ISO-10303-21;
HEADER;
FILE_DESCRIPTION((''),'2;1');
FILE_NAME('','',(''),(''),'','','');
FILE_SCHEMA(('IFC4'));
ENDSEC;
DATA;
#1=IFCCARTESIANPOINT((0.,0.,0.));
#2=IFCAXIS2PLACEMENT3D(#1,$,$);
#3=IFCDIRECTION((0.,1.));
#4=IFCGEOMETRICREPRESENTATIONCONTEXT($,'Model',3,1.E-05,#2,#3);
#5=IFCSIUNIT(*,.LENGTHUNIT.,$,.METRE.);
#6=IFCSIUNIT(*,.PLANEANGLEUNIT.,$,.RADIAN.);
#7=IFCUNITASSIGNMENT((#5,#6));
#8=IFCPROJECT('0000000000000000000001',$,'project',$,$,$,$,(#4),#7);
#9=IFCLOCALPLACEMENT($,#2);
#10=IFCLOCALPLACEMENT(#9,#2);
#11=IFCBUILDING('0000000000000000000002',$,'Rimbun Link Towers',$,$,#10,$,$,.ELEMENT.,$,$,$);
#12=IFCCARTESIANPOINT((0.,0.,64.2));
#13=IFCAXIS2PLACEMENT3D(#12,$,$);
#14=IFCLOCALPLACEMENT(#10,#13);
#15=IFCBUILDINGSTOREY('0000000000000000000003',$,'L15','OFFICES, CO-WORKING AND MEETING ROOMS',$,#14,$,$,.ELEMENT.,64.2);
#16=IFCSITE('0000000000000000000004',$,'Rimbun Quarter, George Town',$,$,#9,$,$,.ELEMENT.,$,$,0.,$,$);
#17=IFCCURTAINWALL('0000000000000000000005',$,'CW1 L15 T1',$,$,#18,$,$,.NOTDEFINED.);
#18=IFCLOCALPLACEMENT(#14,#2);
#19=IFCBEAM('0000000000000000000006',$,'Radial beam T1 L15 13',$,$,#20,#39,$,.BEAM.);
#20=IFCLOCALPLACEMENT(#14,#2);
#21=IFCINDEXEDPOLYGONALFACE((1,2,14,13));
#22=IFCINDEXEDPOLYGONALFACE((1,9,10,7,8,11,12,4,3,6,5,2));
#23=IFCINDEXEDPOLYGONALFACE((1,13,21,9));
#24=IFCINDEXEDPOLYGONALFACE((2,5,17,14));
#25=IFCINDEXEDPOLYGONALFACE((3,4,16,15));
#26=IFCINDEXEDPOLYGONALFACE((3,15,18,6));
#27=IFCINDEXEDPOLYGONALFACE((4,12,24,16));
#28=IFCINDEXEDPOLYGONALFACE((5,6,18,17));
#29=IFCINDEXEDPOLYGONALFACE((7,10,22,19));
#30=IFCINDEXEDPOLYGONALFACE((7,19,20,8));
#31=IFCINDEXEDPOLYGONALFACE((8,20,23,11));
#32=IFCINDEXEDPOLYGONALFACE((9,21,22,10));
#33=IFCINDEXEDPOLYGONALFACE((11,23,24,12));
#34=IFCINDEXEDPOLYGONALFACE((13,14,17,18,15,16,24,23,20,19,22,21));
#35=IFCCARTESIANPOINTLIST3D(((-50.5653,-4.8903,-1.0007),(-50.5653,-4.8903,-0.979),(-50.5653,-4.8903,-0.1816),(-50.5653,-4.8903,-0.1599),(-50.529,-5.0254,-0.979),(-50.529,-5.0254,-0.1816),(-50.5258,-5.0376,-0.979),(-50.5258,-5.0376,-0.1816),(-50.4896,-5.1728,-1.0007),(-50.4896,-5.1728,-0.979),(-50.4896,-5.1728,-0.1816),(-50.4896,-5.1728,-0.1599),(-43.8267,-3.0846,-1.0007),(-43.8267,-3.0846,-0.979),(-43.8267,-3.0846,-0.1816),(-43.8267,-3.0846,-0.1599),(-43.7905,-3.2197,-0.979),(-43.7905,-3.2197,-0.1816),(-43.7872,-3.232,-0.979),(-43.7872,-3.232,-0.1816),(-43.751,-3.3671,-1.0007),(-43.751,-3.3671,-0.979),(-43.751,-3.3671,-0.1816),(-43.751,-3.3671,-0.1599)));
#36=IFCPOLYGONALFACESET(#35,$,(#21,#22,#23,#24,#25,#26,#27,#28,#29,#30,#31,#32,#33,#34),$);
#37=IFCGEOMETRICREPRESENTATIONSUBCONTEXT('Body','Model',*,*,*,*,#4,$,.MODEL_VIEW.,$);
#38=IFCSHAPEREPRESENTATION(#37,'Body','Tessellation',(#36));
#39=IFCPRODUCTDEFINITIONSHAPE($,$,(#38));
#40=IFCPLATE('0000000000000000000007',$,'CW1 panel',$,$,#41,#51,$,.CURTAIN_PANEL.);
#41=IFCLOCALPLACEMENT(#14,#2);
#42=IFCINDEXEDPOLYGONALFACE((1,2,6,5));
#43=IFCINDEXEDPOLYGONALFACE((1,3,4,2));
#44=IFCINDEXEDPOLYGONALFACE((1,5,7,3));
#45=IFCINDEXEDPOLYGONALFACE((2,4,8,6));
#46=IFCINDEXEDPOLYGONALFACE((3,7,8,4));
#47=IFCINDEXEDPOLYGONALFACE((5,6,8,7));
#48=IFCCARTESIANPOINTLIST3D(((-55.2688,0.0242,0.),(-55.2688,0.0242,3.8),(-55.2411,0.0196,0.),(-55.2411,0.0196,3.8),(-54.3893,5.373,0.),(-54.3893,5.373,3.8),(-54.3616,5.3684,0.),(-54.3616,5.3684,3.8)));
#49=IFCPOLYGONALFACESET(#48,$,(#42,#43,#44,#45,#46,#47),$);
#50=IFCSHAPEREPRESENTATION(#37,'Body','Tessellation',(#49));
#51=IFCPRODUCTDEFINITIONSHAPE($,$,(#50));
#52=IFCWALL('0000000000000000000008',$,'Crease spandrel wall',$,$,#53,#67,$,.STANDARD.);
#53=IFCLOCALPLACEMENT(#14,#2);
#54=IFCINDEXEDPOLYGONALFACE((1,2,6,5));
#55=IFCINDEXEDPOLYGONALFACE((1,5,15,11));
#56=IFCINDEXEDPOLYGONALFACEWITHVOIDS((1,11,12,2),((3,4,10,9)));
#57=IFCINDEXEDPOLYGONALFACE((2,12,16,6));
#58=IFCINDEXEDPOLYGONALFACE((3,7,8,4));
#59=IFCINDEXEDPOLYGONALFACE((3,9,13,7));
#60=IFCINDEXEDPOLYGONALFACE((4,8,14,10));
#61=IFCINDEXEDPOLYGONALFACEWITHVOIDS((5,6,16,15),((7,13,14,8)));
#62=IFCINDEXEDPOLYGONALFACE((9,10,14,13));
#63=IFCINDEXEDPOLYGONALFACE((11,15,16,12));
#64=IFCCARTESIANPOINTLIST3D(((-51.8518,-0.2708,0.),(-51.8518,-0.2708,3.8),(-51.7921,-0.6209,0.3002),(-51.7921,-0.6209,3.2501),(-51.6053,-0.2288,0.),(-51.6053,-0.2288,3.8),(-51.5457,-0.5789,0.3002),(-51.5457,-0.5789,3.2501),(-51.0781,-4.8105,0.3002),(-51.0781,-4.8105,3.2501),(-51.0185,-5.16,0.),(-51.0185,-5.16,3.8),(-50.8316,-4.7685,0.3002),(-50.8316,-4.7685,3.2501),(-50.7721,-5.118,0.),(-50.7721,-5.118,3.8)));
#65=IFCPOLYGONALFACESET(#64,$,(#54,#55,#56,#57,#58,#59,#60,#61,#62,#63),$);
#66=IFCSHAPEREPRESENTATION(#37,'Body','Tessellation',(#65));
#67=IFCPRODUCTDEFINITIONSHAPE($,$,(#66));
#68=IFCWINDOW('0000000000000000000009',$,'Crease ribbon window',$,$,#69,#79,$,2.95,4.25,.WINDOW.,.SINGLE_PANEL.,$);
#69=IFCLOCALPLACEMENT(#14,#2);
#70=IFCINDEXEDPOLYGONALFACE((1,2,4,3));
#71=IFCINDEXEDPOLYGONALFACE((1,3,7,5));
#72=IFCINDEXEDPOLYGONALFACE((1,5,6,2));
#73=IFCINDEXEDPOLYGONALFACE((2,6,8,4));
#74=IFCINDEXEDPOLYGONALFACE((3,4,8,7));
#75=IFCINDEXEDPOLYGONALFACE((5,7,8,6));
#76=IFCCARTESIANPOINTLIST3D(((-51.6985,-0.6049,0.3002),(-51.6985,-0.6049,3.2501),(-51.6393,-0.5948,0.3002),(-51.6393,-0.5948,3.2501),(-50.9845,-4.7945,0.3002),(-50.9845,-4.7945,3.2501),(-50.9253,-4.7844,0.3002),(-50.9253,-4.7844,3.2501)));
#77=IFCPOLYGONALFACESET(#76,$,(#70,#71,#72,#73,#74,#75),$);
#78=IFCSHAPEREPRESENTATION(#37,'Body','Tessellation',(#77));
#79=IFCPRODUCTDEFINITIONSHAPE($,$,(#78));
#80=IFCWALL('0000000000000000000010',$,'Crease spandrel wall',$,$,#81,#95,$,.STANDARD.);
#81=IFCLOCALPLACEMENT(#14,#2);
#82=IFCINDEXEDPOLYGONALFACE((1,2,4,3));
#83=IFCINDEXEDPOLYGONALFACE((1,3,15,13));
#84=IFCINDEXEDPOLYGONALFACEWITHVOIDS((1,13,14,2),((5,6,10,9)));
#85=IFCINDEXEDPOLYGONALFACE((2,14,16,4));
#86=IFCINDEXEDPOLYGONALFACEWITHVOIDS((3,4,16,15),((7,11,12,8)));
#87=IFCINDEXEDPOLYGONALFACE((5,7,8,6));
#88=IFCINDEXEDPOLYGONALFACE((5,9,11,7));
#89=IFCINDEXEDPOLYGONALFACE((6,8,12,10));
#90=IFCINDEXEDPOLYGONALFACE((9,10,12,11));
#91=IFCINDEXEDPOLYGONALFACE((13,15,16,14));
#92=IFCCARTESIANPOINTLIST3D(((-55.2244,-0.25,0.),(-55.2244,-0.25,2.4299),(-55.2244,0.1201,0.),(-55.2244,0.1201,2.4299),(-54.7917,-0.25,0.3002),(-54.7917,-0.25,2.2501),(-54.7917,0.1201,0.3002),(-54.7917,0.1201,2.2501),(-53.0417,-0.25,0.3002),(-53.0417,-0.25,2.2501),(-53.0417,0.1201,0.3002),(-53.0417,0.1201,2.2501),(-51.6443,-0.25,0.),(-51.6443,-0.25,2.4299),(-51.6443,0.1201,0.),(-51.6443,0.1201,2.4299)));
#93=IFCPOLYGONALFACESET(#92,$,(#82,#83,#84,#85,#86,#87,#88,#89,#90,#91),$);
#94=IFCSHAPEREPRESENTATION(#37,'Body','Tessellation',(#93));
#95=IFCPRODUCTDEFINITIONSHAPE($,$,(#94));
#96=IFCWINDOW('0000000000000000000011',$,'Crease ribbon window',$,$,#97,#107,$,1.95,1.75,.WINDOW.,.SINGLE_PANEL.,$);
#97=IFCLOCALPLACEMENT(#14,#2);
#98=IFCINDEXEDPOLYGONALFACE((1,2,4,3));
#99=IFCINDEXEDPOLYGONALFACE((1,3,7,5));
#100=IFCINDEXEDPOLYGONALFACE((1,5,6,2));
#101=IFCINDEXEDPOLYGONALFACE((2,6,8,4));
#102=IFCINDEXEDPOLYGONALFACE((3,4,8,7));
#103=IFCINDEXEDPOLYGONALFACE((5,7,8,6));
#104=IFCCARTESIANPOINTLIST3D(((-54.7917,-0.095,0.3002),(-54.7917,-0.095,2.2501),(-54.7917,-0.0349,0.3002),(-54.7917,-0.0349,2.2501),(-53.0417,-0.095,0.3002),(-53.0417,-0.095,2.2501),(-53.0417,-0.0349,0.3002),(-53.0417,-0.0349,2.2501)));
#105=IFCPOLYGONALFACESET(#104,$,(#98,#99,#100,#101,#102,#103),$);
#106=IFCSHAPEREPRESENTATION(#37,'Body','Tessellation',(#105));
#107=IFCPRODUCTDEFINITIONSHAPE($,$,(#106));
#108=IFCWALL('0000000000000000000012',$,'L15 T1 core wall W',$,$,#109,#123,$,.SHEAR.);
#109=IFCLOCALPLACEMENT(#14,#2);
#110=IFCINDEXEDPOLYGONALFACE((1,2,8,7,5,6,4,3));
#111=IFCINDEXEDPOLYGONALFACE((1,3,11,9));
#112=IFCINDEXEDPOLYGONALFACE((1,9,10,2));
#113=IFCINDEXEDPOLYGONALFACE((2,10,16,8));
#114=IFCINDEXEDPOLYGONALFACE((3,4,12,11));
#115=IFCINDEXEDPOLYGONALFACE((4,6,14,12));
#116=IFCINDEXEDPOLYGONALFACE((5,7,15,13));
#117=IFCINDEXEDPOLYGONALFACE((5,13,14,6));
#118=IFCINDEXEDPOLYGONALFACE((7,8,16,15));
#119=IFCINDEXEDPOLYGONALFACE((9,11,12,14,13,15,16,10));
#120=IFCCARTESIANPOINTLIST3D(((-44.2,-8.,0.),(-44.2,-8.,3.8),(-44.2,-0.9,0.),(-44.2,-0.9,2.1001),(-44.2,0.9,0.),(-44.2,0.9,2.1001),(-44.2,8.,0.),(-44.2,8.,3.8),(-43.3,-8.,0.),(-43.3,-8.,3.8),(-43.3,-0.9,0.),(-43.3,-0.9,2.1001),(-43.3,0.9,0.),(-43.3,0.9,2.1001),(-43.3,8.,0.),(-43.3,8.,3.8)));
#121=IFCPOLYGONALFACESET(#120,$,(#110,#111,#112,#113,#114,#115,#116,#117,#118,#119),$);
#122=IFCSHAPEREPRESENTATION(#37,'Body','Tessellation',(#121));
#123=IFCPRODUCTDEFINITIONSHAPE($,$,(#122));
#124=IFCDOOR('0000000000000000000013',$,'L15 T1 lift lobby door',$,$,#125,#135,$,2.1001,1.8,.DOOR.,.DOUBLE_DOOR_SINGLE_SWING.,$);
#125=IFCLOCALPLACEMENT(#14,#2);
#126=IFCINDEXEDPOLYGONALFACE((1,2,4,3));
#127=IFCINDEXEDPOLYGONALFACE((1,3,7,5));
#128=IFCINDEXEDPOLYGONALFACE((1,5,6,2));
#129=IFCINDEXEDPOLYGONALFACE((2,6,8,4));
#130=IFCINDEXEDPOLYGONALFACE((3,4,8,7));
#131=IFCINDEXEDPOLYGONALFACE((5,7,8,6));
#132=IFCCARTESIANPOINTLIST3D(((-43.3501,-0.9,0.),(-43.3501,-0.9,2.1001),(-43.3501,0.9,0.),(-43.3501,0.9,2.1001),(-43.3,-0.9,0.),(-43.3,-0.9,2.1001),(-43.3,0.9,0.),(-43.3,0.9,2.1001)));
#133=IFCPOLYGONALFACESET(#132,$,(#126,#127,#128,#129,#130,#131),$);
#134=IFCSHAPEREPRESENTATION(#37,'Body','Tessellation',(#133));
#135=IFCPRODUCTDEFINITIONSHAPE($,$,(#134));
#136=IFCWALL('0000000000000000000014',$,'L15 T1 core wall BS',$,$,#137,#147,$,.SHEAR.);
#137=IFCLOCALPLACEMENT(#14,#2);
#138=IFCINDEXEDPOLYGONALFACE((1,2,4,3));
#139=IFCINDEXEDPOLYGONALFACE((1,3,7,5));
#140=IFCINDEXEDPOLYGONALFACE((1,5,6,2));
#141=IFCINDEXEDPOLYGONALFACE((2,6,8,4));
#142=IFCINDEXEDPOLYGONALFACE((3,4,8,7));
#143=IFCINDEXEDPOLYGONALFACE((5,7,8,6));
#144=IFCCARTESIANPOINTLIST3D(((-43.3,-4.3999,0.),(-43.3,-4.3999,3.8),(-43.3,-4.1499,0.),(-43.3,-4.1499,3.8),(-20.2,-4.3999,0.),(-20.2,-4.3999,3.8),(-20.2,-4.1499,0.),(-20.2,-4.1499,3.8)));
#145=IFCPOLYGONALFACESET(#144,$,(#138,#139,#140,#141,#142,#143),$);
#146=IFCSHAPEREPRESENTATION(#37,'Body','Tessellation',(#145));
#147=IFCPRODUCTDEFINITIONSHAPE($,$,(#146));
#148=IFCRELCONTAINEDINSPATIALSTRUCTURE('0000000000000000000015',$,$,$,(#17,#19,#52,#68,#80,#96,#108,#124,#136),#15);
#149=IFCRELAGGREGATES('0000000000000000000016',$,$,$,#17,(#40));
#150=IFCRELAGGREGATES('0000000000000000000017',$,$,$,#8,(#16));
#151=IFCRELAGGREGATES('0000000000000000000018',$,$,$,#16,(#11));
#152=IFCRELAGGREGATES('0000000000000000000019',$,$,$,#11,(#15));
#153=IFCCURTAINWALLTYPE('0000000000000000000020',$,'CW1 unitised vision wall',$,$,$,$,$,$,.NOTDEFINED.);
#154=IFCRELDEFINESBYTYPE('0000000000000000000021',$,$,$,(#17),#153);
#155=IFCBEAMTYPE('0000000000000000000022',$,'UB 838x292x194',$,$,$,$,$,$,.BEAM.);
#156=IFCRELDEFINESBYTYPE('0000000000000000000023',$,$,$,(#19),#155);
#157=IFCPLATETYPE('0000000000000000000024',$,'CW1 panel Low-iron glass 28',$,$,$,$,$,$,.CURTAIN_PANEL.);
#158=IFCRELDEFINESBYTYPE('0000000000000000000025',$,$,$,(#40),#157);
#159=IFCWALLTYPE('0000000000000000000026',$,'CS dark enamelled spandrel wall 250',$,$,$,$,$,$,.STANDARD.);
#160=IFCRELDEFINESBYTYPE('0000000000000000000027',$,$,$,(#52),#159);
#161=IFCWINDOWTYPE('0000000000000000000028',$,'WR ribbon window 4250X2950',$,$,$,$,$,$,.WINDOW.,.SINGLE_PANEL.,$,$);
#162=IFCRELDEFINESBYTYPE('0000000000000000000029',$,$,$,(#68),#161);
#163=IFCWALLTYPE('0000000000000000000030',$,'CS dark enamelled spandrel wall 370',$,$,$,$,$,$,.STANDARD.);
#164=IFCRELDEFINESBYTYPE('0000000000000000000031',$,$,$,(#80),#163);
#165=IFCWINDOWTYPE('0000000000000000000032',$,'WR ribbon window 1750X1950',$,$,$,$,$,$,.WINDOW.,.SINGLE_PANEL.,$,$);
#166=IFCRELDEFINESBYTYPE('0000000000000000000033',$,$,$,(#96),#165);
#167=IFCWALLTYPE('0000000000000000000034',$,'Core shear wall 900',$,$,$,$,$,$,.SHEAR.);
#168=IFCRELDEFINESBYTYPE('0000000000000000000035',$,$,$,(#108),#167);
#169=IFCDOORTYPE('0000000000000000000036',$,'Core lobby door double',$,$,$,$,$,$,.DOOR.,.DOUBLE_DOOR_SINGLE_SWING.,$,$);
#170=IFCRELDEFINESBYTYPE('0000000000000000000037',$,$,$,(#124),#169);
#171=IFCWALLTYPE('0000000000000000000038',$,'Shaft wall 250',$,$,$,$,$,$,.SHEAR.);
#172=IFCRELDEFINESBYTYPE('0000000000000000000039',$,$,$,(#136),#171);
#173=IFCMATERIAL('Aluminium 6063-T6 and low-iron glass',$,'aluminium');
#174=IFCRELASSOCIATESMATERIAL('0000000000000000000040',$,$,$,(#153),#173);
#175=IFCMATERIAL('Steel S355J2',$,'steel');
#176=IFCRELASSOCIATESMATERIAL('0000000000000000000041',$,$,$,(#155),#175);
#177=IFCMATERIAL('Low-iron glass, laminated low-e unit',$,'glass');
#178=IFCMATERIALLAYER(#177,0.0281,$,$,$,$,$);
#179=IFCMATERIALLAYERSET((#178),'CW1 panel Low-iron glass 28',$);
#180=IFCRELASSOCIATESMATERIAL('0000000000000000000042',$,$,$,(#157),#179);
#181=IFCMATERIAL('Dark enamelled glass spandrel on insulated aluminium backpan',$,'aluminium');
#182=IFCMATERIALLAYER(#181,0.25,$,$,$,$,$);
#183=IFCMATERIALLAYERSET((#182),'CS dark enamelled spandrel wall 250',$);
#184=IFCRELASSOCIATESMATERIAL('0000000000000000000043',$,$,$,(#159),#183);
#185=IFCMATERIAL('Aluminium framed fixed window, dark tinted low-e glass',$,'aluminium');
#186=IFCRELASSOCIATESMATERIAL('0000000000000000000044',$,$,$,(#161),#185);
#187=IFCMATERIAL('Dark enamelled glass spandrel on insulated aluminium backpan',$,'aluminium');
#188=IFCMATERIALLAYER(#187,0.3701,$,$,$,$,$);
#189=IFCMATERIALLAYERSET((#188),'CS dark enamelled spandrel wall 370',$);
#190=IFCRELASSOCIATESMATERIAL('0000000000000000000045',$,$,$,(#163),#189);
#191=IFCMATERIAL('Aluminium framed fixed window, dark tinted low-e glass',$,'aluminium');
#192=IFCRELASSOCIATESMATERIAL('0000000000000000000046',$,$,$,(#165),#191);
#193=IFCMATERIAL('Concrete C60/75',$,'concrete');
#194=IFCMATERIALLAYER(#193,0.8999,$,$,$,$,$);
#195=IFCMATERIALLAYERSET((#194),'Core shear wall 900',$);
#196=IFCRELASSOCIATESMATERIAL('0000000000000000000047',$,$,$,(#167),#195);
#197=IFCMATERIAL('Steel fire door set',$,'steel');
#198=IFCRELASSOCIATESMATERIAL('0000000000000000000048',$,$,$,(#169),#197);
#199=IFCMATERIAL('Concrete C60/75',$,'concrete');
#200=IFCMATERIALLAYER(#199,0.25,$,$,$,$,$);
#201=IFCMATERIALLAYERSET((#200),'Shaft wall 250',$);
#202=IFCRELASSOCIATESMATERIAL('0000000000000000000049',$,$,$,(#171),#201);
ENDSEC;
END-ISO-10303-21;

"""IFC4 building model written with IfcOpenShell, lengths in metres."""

from ifc_helpers import new_model, si_unit, direction, frame, frame_2d, origin, origin_2d, place, context, subcontext, project, spatial, rectangle, i_section, extrude, material, layer, layer_set, material_profile, profile_set, type_object, element, fill, aggregate, save


model = new_model("IFC4")

# Units and contexts
model_context = context("Model", 3, precision=1e-05, world=origin(), true_north=direction((0.0, 1.0)))
body_context = subcontext(model_context, "Body", "Model", "MODEL_VIEW")
ifc_project = project(units=[si_unit("LENGTHUNIT", "METRE"), si_unit("PLANEANGLEUNIT", "RADIAN")], contexts=[model_context])

# Site, building, storey
site_placement = place(None, origin())
site = spatial("IfcSite", under=ifc_project, at=site_placement, Name="Rimbun Quarter, George Town", CompositionType="ELEMENT", RefElevation=0.0)
building_placement = place(site_placement, origin())
building = spatial("IfcBuilding", under=site, at=building_placement, Name="Rimbun Link Towers", CompositionType="ELEMENT")
storey_placement = place(building_placement, frame((0.0, 0.0, 64.2)))
storey = spatial("IfcBuildingStorey", under=building, at=storey_placement, Name="L15", Description="OFFICES, CO-WORKING AND MEETING ROOMS", CompositionType="ELEMENT", Elevation=64.2)

# Curtain wall
ifc_material_1 = material(Name="Aluminium 6063-T6 and low-iron glass", Category="aluminium")
curtain_wall_type = type_object("IfcCurtainWallType", Name="CW1 unitised vision wall", PredefinedType="NOTDEFINED", material=ifc_material_1)
curtain_wall_placement = place(storey_placement, origin())
curtain_wall = element("IfcCurtainWall", 1, at=curtain_wall_placement, inside=storey, type_object=curtain_wall_type, Name="CW1 L15 T1", PredefinedType="NOTDEFINED")

# Beam
ifc_material_2 = material(Name="Steel S355J2", Category="steel")
ifc_material_profile_1 = material_profile(ifc_material_2, i_section(OverallWidth=0.2925, OverallDepth=0.8408, WebThickness=0.0127, FlangeThickness=0.0217, at=origin_2d()), Name="UB 838x292x194")
ifc_profile_set_1 = profile_set([ifc_material_profile_1], Name="Steel S355J2")
beam_type_1 = type_object("IfcBeamType", Name="UB 838x292x194", PredefinedType="BEAM", material=ifc_profile_set_1)
beam_1_placement = place(storey_placement, frame((-43.7888, -3.2258, -0.5803), z_axis=(-0.965923, -0.25883, 0.0), x_axis=(0.25883, -0.965923, 0.0)))
element("IfcBeam", 2, at=beam_1_placement, inside=storey, type_object=beam_type_1, Name="Radial beam T1 L15 13", PredefinedType="BEAM", context=body_context, shape_type="SweptSolid", body=[
    extrude(i_section(OverallWidth=0.2925, OverallDepth=0.8408, WebThickness=0.0127, FlangeThickness=0.0217, at=origin_2d()), origin(), (0.0, 0.0, 1.0), 6.9763),
])

# Plate
ifc_material_3 = material(Name="Low-iron glass, laminated low-e unit", Category="glass")
ifc_layer_1 = layer(ifc_material_3, 0.0281)
ifc_layer_set_1 = layer_set([ifc_layer_1], Name="CW1 panel Low-iron glass 28")
plate_type = type_object("IfcPlateType", Name="CW1 panel Low-iron glass 28", PredefinedType="CURTAIN_PANEL", material=ifc_layer_set_1)
plate_placement = place(storey_placement, frame((-54.8152, 2.6963, 0.0), z_axis=(0.0, 0.0, 1.0), x_axis=(0.16226, 0.986748, 0.0)))
plate = element("IfcPlate", 3, at=plate_placement, type_object=plate_type, Name="CW1 panel", PredefinedType="CURTAIN_PANEL", context=body_context, shape_type="SweptSolid", body=[
    extrude(rectangle(XDim=5.4207, YDim=0.0281, at=origin_2d()), origin(), (0.0, 0.0, 1.0), 3.8),
])
aggregate(curtain_wall, [plate])

# Walls, openings, windows
ifc_material_4 = material(Name="Dark enamelled glass spandrel on insulated aluminium backpan", Category="aluminium")
ifc_layer_2 = layer(ifc_material_4, 0.25)
ifc_layer_set_2 = layer_set([ifc_layer_2], Name="CS dark enamelled spandrel wall 250")
wall_type_1 = type_object("IfcWallType", Name="CS dark enamelled spandrel wall 250", PredefinedType="STANDARD", material=ifc_layer_set_2)
wall_1_placement = place(storey_placement, frame((-50.8953, -5.1392, 0.0), z_axis=(0.0, 0.0, 1.0), x_axis=(-0.168006, 0.985786, 0.0)))
wall_1 = element("IfcWall", 4, at=wall_1_placement, inside=storey, type_object=wall_type_1, Name="Crease spandrel wall", PredefinedType="STANDARD", context=body_context, shape_type="SweptSolid", body=[
    extrude(rectangle(XDim=4.9597, YDim=0.25, at=frame_2d((2.48, 0.0))), origin(), (0.0, 0.0, 1.0), 3.8),
])
opening_1_placement = place(wall_1_placement, frame((0.3547, 0.0, 0.3)))
opening_1 = element("IfcOpeningElement", 5, at=opening_1_placement, cuts=wall_1, PredefinedType="OPENING", context=body_context, shape_type="SweptSolid", body=[
    extrude(rectangle(XDim=4.25, YDim=2.95, at=frame_2d((2.125, 1.4751))), frame((0.0, 0.135, 0.0), z_axis=(0.0, -1.0, 0.0), x_axis=(1.0, 0.0, 0.0)), (0.0, 0.0, 1.0), 0.27),
])
ifc_material_5 = material(Name="Aluminium framed fixed window, dark tinted low-e glass", Category="aluminium")
window_type_1 = type_object("IfcWindowType", Name="WR ribbon window 4250X2950", PartitioningType="SINGLE_PANEL", PredefinedType="WINDOW", material=ifc_material_5)
window_1_placement = place(opening_1_placement, origin())
window_1 = element("IfcWindow", 6, at=window_1_placement, inside=storey, type_object=window_type_1, Name="Crease ribbon window", OverallHeight=2.95, OverallWidth=4.25, PartitioningType="SINGLE_PANEL", PredefinedType="WINDOW", context=body_context, shape_type="SweptSolid", body=[
    extrude(rectangle(XDim=4.25, YDim=2.95, at=frame_2d((2.125, 1.4751))), frame((0.0, 0.03, 0.0), z_axis=(0.0, -1.0, 0.0), x_axis=(1.0, 0.0, 0.0)), (0.0, 0.0, 1.0), 0.0601),
])
fill(opening_1, window_1)
ifc_material_6 = material(Name="Dark enamelled glass spandrel on insulated aluminium backpan", Category="aluminium")
ifc_layer_3 = layer(ifc_material_6, 0.3701)
ifc_layer_set_3 = layer_set([ifc_layer_3], Name="CS dark enamelled spandrel wall 370")
wall_type_2 = type_object("IfcWallType", Name="CS dark enamelled spandrel wall 370", PredefinedType="STANDARD", material=ifc_layer_set_3)
wall_2_placement = place(storey_placement, frame((-51.6443, -0.0649, 0.0), z_axis=(0.0, 0.0, 1.0), x_axis=(-1.0, 0.0, 0.0)))
wall_2 = element("IfcWall", 7, at=wall_2_placement, inside=storey, type_object=wall_type_2, Name="Crease spandrel wall", PredefinedType="STANDARD", context=body_context, shape_type="SweptSolid", body=[
    extrude(rectangle(XDim=3.5801, YDim=0.3701, at=frame_2d((1.79, 0.0))), origin(), (0.0, 0.0, 1.0), 2.4299),
])
opening_2_placement = place(wall_2_placement, frame((1.3975, 0.0, 0.3)))
opening_2 = element("IfcOpeningElement", 8, at=opening_2_placement, cuts=wall_2, PredefinedType="OPENING", context=body_context, shape_type="SweptSolid", body=[
    extrude(rectangle(XDim=1.75, YDim=1.95, at=frame_2d((0.875, 0.9751))), frame((0.0, 0.1951, 0.0), z_axis=(0.0, -1.0, 0.0), x_axis=(1.0, 0.0, 0.0)), (0.0, 0.0, 1.0), 0.3901),
])
ifc_material_7 = material(Name="Aluminium framed fixed window, dark tinted low-e glass", Category="aluminium")
window_type_2 = type_object("IfcWindowType", Name="WR ribbon window 1750X1950", PartitioningType="SINGLE_PANEL", PredefinedType="WINDOW", material=ifc_material_7)
window_2_placement = place(opening_2_placement, origin())
window_2 = element("IfcWindow", 9, at=window_2_placement, inside=storey, type_object=window_type_2, Name="Crease ribbon window", OverallHeight=1.95, OverallWidth=1.75, PartitioningType="SINGLE_PANEL", PredefinedType="WINDOW", context=body_context, shape_type="SweptSolid", body=[
    extrude(rectangle(XDim=1.75, YDim=1.95, at=frame_2d((0.875, 0.9751))), frame((0.0, 0.03, 0.0), z_axis=(0.0, -1.0, 0.0), x_axis=(1.0, 0.0, 0.0)), (0.0, 0.0, 1.0), 0.0601),
])
fill(opening_2, window_2)

# Wall, opening, door
ifc_material_8 = material(Name="Concrete C60/75", Category="concrete")
ifc_layer_4 = layer(ifc_material_8, 0.8999)
ifc_layer_set_4 = layer_set([ifc_layer_4], Name="Core shear wall 900")
wall_type_3 = type_object("IfcWallType", Name="Core shear wall 900", PredefinedType="SHEAR", material=ifc_layer_set_4)
wall_3_placement = place(storey_placement, frame((-43.75, -8.0, 0.0), z_axis=(0.0, 0.0, 1.0), x_axis=(0.0, 1.0, 0.0)))
wall_3 = element("IfcWall", 10, at=wall_3_placement, inside=storey, type_object=wall_type_3, Name="L15 T1 core wall W", PredefinedType="SHEAR", context=body_context, shape_type="SweptSolid", body=[
    extrude(rectangle(XDim=16.0, YDim=0.8999, at=frame_2d((8.0, 0.0))), origin(), (0.0, 0.0, 1.0), 3.8),
])
opening_3_placement = place(wall_3_placement, frame((7.1001, 0.0, 0.0)))
opening_3 = element("IfcOpeningElement", 11, at=opening_3_placement, cuts=wall_3, PredefinedType="OPENING", context=body_context, shape_type="SweptSolid", body=[
    extrude(rectangle(XDim=1.8, YDim=2.1001, at=frame_2d((0.8999, 1.05))), frame((0.0, 0.46, 0.0), z_axis=(0.0, -1.0, 0.0), x_axis=(1.0, 0.0, 0.0)), (0.0, 0.0, 1.0), 0.9199),
])
ifc_material_9 = material(Name="Steel fire door set", Category="steel")
door_type_1 = type_object("IfcDoorType", Name="Core lobby door double", OperationType="DOUBLE_DOOR_SINGLE_SWING", PredefinedType="DOOR", material=ifc_material_9)
door_1_placement = place(opening_3_placement, origin())
door_1 = element("IfcDoor", 12, at=door_1_placement, inside=storey, type_object=door_type_1, Name="L15 T1 lift lobby door", OperationType="DOUBLE_DOOR_SINGLE_SWING", OverallHeight=2.1001, OverallWidth=1.8, PredefinedType="DOOR", context=body_context, shape_type="SweptSolid", body=[
    extrude(rectangle(XDim=1.8, YDim=2.1001, at=frame_2d((0.8999, 1.05))), frame((0.0, -0.3999, 0.0), z_axis=(0.0, -1.0, 0.0), x_axis=(1.0, 0.0, 0.0)), (0.0, 0.0, 1.0), 0.05),
])
fill(opening_3, door_1)

# Wall
ifc_material_10 = material(Name="Concrete C60/75", Category="concrete")
ifc_layer_5 = layer(ifc_material_10, 0.25)
ifc_layer_set_5 = layer_set([ifc_layer_5], Name="Shaft wall 250")
wall_type_4 = type_object("IfcWallType", Name="Shaft wall 250", PredefinedType="SHEAR", material=ifc_layer_set_5)
wall_4_placement = place(storey_placement, frame((-43.3, -4.2749, 0.0), z_axis=(0.0, 0.0, 1.0), x_axis=(1.0, 0.0, 0.0)))
element("IfcWall", 13, at=wall_4_placement, inside=storey, type_object=wall_type_4, Name="L15 T1 core wall BS", PredefinedType="SHEAR", context=body_context, shape_type="SweptSolid", body=[
    extrude(rectangle(XDim=23.1001, YDim=0.25, at=frame_2d((11.55, 0.0))), origin(), (0.0, 0.0, 1.0), 3.8),
])

save(model, "model.ifc")
